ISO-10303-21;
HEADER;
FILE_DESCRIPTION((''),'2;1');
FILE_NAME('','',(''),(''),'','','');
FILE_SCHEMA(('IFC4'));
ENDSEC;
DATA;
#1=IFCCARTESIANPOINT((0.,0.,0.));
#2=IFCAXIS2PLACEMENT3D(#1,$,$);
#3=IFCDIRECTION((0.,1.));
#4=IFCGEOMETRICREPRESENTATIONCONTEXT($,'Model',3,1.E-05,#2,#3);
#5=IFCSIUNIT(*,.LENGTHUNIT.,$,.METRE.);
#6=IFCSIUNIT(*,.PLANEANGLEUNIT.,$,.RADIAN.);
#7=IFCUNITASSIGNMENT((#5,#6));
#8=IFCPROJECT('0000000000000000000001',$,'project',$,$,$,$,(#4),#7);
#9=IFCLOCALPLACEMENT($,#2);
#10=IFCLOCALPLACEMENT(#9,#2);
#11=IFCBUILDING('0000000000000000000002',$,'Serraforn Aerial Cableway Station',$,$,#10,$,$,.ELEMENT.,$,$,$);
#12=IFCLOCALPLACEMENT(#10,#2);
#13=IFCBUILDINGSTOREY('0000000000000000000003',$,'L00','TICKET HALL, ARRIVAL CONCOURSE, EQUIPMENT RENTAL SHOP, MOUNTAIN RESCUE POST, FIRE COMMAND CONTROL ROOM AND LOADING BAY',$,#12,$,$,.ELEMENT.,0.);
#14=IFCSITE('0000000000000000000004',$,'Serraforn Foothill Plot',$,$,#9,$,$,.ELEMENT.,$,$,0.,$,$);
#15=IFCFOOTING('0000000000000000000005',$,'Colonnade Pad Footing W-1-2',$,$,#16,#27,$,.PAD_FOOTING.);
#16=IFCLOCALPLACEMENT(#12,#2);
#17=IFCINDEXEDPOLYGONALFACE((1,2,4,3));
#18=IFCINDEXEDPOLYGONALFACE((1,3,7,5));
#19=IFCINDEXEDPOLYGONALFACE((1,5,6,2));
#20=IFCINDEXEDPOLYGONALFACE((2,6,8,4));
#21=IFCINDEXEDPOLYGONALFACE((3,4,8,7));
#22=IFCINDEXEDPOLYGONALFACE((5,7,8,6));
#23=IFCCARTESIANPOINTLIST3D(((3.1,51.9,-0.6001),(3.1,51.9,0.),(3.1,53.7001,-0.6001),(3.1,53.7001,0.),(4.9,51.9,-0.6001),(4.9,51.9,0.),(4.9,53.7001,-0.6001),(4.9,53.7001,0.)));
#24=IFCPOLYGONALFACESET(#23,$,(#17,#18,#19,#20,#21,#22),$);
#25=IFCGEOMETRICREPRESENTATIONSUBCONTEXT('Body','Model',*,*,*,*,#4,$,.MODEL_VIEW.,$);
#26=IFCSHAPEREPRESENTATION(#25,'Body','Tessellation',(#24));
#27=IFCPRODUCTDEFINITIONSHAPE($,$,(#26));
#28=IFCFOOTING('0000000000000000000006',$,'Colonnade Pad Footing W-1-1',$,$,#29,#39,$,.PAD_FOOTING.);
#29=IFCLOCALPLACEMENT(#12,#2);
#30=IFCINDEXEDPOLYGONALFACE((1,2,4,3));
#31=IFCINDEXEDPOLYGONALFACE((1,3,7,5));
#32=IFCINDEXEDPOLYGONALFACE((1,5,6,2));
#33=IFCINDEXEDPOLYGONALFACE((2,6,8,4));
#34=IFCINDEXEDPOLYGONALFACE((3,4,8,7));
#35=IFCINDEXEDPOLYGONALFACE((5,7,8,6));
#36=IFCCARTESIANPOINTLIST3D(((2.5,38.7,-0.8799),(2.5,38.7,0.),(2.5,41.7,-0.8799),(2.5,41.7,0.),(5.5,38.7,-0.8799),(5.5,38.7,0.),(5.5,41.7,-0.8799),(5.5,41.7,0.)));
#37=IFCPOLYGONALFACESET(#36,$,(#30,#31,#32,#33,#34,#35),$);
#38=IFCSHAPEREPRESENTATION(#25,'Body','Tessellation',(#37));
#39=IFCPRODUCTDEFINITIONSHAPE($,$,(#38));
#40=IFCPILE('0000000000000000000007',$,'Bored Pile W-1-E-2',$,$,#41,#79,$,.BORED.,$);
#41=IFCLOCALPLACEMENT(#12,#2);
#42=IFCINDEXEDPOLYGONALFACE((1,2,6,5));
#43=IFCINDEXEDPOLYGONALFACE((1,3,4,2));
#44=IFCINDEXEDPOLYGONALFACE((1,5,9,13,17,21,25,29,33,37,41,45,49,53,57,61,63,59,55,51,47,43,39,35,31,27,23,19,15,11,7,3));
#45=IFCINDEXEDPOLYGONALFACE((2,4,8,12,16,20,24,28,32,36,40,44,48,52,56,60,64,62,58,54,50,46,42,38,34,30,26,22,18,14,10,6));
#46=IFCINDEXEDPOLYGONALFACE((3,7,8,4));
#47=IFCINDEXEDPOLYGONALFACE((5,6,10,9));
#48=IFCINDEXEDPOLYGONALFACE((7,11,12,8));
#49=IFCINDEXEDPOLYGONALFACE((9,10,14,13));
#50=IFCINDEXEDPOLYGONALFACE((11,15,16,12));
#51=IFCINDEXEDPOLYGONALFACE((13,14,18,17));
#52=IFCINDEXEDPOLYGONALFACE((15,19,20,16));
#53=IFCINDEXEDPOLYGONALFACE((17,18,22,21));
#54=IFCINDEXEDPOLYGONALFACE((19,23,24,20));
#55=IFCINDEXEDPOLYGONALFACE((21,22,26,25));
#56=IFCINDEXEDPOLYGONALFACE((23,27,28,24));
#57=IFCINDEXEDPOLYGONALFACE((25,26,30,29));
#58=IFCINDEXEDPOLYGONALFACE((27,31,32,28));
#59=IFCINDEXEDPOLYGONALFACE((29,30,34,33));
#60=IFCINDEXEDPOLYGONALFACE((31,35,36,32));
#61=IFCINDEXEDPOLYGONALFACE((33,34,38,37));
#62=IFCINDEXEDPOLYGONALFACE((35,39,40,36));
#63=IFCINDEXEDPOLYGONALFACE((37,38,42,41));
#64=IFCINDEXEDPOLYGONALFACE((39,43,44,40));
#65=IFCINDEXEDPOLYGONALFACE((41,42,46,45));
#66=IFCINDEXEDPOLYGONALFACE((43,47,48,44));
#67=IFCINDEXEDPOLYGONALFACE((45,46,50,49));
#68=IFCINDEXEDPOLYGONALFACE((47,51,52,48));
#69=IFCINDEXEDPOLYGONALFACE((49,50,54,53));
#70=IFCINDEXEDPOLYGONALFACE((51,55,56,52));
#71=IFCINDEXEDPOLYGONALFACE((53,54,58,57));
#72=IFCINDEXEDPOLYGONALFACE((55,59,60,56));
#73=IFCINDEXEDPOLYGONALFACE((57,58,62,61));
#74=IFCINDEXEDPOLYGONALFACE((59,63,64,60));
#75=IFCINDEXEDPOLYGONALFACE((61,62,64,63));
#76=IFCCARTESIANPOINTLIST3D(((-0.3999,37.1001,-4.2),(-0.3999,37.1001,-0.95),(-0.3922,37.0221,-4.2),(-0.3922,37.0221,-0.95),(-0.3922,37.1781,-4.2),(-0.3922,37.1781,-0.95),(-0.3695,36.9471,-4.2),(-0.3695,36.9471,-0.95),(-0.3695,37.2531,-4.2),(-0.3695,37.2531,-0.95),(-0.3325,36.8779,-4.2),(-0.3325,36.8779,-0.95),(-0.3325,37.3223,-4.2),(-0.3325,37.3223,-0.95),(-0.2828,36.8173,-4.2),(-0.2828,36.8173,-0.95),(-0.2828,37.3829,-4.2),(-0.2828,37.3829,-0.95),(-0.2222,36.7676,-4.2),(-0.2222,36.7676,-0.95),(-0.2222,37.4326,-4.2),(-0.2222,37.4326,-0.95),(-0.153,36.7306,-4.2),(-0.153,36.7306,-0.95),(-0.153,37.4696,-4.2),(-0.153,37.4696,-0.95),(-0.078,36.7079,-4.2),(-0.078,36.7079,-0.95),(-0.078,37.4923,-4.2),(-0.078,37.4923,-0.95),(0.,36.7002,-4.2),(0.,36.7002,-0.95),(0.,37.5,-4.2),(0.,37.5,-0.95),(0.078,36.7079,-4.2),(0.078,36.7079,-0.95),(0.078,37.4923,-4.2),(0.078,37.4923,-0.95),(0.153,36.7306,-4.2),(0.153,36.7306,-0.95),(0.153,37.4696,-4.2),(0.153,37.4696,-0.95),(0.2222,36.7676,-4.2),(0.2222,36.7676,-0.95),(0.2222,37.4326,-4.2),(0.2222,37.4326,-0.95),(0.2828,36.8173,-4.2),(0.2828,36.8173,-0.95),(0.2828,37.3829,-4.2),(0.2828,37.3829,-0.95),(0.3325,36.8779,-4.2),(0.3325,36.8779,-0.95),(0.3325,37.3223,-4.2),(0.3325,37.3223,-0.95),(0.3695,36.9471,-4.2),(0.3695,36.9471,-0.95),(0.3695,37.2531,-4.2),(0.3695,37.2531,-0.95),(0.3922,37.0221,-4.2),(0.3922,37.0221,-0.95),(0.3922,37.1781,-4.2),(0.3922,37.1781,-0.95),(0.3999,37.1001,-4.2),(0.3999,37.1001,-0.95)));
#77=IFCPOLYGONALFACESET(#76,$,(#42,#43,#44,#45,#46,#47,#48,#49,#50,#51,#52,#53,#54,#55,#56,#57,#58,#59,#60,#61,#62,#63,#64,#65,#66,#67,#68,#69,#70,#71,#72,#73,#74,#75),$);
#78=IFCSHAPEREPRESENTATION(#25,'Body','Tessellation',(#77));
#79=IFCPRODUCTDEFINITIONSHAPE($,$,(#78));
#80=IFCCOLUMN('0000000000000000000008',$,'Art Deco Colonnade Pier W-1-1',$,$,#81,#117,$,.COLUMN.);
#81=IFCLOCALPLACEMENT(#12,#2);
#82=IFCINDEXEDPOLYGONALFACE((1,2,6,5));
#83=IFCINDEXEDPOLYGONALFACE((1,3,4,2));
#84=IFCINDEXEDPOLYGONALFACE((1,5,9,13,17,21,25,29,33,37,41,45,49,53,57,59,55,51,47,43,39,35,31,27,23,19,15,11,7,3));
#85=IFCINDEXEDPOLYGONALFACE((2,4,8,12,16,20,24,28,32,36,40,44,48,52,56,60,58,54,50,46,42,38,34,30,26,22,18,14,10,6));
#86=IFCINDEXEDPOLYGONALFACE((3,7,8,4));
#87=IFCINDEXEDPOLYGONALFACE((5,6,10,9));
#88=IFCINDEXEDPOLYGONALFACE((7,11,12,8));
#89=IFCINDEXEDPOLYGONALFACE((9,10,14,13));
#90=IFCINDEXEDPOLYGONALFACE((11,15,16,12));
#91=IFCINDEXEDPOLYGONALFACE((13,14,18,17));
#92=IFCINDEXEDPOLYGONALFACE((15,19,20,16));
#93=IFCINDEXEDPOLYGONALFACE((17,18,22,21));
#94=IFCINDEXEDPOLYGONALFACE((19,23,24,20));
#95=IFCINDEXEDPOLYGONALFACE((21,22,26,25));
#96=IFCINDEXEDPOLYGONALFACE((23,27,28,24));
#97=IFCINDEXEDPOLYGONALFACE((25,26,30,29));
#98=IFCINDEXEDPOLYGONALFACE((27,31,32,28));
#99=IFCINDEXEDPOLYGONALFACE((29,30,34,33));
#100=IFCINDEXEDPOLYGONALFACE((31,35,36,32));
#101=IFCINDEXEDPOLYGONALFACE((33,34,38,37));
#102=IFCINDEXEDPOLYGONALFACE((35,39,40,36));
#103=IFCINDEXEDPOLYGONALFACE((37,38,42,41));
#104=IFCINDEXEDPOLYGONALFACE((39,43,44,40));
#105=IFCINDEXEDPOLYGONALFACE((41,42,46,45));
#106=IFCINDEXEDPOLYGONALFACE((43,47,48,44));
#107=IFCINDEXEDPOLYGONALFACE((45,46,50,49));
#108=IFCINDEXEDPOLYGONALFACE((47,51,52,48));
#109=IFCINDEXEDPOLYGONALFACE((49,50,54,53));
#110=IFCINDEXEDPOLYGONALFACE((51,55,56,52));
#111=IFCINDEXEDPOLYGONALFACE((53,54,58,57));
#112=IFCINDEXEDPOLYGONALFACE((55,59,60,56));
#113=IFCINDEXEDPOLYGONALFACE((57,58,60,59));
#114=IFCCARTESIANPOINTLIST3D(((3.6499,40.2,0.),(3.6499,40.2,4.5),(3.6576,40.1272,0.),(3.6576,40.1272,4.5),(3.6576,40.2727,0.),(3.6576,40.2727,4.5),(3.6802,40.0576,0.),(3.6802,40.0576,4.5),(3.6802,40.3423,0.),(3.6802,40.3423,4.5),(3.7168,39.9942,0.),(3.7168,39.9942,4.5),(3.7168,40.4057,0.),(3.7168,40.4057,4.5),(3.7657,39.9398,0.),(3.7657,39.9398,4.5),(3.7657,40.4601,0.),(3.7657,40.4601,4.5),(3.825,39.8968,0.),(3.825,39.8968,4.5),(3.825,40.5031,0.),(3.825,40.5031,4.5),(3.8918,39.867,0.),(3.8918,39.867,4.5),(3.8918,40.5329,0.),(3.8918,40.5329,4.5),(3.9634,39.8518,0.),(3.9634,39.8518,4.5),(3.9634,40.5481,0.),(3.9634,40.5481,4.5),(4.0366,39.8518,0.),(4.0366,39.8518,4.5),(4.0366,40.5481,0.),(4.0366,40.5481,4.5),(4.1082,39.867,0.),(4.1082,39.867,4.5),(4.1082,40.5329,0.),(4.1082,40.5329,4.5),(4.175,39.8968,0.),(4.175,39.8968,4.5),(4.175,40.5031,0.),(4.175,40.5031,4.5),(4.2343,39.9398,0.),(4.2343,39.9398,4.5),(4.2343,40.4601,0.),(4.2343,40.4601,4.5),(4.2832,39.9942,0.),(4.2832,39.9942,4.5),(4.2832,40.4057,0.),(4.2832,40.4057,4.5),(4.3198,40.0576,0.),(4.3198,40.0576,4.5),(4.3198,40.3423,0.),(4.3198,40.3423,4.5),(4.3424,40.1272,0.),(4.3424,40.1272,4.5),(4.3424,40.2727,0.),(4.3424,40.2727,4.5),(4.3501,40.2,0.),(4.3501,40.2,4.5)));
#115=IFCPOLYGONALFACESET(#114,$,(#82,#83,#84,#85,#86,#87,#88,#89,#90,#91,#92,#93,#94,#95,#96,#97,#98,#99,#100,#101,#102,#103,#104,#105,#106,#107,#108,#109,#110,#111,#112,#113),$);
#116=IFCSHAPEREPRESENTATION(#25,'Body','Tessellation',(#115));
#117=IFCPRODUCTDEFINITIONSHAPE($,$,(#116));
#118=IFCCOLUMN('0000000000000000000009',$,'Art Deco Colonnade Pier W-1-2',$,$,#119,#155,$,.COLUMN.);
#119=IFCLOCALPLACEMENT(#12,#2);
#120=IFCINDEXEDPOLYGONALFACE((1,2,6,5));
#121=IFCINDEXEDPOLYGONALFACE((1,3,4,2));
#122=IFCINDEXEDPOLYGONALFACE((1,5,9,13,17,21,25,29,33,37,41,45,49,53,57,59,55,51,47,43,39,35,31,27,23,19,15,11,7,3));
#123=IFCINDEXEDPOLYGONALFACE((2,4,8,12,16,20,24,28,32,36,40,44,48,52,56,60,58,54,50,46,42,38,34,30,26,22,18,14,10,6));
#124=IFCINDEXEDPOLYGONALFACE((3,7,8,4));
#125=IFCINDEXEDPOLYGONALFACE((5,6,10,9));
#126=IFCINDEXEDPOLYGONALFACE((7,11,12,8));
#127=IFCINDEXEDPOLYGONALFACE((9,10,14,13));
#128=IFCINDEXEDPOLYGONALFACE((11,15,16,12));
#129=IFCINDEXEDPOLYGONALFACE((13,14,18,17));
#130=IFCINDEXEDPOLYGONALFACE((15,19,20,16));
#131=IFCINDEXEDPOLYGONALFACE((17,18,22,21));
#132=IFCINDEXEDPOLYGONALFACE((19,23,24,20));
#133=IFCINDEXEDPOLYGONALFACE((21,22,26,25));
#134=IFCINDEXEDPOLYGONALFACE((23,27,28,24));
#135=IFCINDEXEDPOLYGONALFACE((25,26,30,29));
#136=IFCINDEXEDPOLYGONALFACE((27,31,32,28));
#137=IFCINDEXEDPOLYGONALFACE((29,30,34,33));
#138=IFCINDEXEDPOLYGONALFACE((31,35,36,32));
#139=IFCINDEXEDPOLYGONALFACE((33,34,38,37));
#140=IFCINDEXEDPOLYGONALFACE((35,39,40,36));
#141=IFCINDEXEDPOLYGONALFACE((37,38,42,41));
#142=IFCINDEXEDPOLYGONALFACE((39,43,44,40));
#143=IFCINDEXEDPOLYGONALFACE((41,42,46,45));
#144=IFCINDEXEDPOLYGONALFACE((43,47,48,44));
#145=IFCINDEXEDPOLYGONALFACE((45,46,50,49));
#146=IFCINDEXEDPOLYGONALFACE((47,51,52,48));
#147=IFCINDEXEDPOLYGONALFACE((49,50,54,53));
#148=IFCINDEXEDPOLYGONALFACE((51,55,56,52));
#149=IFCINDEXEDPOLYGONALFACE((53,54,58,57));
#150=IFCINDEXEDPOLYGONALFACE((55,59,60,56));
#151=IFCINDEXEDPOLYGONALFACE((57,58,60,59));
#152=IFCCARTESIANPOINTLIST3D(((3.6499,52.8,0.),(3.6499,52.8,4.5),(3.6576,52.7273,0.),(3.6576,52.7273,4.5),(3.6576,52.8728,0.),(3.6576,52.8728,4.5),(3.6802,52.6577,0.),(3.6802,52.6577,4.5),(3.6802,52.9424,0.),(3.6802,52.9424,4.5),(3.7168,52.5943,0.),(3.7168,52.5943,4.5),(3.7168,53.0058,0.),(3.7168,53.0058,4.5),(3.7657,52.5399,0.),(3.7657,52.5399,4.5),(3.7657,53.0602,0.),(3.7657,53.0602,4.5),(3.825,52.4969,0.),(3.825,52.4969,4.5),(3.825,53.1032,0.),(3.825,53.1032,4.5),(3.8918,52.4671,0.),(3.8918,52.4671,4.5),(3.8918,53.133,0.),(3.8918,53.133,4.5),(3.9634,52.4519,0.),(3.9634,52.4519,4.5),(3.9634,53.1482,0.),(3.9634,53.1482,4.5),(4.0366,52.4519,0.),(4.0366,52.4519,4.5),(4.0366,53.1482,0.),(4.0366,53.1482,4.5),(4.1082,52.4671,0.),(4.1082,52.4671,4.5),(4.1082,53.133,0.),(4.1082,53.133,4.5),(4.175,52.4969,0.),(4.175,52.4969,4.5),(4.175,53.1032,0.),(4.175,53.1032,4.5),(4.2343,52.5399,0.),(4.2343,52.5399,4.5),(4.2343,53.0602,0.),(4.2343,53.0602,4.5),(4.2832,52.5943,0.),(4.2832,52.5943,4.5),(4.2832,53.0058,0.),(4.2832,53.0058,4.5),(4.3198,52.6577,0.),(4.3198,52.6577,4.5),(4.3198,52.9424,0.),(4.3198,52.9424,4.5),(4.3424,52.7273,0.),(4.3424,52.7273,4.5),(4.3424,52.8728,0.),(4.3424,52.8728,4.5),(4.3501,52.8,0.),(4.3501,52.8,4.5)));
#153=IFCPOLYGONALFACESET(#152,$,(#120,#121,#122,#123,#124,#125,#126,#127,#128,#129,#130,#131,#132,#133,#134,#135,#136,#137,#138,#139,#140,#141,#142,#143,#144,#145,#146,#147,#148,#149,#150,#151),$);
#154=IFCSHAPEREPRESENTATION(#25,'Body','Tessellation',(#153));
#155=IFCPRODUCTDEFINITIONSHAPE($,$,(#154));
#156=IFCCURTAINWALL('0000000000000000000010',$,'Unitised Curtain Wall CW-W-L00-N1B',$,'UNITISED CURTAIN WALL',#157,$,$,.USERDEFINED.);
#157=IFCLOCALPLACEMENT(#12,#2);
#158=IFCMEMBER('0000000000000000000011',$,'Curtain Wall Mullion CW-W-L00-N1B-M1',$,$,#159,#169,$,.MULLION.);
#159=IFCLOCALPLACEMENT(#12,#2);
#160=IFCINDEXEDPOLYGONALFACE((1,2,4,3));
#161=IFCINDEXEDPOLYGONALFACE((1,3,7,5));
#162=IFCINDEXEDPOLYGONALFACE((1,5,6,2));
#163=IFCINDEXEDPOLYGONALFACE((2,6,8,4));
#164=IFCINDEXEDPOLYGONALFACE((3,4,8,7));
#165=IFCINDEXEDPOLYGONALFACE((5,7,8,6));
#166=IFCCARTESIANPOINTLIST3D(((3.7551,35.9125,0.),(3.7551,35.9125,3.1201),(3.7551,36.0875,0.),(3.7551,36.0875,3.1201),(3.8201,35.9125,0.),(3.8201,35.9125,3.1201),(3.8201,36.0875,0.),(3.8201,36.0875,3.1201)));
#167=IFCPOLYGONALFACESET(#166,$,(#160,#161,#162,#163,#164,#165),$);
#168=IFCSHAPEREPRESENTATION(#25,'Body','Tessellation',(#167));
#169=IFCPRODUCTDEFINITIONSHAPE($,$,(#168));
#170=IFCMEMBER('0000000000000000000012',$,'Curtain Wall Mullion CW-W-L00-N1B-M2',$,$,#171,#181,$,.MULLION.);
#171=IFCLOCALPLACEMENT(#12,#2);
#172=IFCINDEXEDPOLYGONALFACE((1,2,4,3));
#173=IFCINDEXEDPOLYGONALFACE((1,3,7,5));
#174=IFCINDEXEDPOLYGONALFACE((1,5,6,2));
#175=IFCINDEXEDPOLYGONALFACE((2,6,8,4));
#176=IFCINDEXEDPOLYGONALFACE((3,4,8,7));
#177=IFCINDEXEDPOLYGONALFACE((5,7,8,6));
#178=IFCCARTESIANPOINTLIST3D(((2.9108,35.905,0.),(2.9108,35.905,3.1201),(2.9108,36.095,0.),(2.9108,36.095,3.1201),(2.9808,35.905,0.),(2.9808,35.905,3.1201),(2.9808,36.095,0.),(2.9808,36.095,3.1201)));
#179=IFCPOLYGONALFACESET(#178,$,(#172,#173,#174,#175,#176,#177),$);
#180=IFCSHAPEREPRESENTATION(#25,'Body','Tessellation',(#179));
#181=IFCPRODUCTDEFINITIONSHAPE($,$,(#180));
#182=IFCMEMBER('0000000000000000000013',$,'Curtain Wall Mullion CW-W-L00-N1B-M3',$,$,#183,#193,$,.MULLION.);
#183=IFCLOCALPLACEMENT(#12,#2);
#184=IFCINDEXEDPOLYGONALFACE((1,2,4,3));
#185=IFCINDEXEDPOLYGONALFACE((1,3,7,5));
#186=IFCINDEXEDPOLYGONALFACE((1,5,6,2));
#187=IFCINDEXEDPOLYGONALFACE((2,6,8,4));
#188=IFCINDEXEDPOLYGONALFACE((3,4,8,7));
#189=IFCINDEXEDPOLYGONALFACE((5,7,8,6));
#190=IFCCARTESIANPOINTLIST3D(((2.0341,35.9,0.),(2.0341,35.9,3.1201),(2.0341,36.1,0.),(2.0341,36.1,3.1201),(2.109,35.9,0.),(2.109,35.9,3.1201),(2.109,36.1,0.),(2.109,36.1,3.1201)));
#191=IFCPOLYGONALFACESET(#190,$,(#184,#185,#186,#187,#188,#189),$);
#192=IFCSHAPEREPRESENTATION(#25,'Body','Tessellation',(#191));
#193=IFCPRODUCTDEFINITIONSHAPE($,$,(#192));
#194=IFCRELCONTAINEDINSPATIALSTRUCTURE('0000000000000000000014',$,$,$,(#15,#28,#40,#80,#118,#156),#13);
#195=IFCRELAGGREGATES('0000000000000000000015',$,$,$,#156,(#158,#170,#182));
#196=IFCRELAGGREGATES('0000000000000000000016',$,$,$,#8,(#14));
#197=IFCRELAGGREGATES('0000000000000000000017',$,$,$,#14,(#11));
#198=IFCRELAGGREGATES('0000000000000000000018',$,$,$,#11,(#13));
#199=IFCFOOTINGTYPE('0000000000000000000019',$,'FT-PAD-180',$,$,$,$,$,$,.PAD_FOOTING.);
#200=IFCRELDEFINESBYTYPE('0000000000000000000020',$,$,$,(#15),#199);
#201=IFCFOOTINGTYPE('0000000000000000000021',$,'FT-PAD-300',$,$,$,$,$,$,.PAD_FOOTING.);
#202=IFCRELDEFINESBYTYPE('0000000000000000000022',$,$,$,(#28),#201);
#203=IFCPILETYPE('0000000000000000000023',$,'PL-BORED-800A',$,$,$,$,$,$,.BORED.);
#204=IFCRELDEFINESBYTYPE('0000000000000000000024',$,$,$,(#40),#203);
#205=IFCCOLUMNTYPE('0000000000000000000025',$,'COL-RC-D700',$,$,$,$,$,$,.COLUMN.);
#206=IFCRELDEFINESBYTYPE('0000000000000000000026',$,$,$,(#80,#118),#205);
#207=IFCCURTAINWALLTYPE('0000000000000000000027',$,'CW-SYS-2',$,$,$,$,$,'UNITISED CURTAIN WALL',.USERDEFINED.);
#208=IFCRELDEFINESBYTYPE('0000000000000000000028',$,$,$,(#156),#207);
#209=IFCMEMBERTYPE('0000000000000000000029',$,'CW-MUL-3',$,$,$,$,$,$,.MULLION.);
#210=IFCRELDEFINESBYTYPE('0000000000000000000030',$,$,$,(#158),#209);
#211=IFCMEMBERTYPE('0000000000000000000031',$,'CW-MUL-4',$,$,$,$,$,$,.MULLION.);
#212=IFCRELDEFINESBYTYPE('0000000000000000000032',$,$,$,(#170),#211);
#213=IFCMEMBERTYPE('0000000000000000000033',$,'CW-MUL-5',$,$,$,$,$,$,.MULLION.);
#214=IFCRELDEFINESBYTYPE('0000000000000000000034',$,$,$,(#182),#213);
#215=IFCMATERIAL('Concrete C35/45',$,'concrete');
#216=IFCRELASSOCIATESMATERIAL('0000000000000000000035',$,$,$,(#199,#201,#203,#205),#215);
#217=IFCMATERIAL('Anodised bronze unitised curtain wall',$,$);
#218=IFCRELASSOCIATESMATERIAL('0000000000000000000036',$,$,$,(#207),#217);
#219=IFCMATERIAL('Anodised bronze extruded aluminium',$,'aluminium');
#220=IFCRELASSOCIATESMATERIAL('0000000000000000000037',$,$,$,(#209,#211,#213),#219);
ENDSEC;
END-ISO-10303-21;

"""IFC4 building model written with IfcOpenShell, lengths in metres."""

from ifc_helpers import new_model, si_unit, direction, frame, origin, origin_2d, place, context, subcontext, project, spatial, rectangle, circle, extrude, material, material_profile, profile_set, type_object, element, aggregate, save


model = new_model("IFC4")

# Units and contexts
model_context = context("Model", 3, precision=1e-05, world=origin(), true_north=direction((0.0, 1.0)))
body_context = subcontext(model_context, "Body", "Model", "MODEL_VIEW")
ifc_project = project(units=[si_unit("LENGTHUNIT", "METRE"), si_unit("PLANEANGLEUNIT", "RADIAN")], contexts=[model_context])

# Site, building, storey
site_placement = place(None, origin())
site = spatial("IfcSite", under=ifc_project, at=site_placement, Name="Serraforn Foothill Plot", CompositionType="ELEMENT", RefElevation=0.0)
building_placement = place(site_placement, origin())
building = spatial("IfcBuilding", under=site, at=building_placement, Name="Serraforn Aerial Cableway Station", CompositionType="ELEMENT")
storey_placement = place(building_placement, origin())
storey = spatial("IfcBuildingStorey", under=building, at=storey_placement, Name="L00", Description="TICKET HALL, ARRIVAL CONCOURSE, EQUIPMENT RENTAL SHOP, MOUNTAIN RESCUE POST, FIRE COMMAND CONTROL ROOM AND LOADING BAY", CompositionType="ELEMENT", Elevation=0.0)

# Footings
ifc_material_1 = material(Name="Concrete C35/45", Category="concrete")
footing_type_1 = type_object("IfcFootingType", Name="FT-PAD-180", PredefinedType="PAD_FOOTING", material=ifc_material_1)
footing_1_placement = place(storey_placement, frame((4.0, 52.8, -0.6001), z_axis=(0.0, 0.0, 1.0), x_axis=(1.0, 0.0, 0.0)))
element("IfcFooting", 1, at=footing_1_placement, inside=storey, type_object=footing_type_1, Name="Colonnade Pad Footing W-1-2", PredefinedType="PAD_FOOTING", context=body_context, shape_type="SweptSolid", body=[
    extrude(rectangle(XDim=1.8, YDim=1.8, at=origin_2d()), origin(), (0.0, 0.0, 1.0), 0.6001),
])
footing_type_2 = type_object("IfcFootingType", Name="FT-PAD-300", PredefinedType="PAD_FOOTING", material=ifc_material_1)
footing_2_placement = place(storey_placement, frame((4.0, 40.2, -0.8799), z_axis=(0.0, 0.0, 1.0), x_axis=(1.0, 0.0, 0.0)))
element("IfcFooting", 2, at=footing_2_placement, inside=storey, type_object=footing_type_2, Name="Colonnade Pad Footing W-1-1", PredefinedType="PAD_FOOTING", context=body_context, shape_type="SweptSolid", body=[
    extrude(rectangle(XDim=3.0, YDim=3.0, at=origin_2d()), origin(), (0.0, 0.0, 1.0), 0.8799),
])

# Pile
ifc_material_profile_1 = material_profile(ifc_material_1, circle(Radius=0.3999, at=origin_2d()), Name="BORED PILE D800")
ifc_profile_set_1 = profile_set([ifc_material_profile_1], Name="Concrete C35/45")
pile_type = type_object("IfcPileType", Name="PL-BORED-800A", PredefinedType="BORED", material=ifc_profile_set_1)
pile_placement = place(storey_placement, frame((0.0, 37.1001, -0.95), z_axis=(0.0, 0.0, -1.0), x_axis=(1.0, 0.0, 0.0)))
element("IfcPile", 3, at=pile_placement, inside=storey, type_object=pile_type, Name="Bored Pile W-1-E-2", PredefinedType="BORED", context=body_context, shape_type="SweptSolid", body=[
    extrude(circle(Radius=0.3999, at=origin_2d()), origin(), (0.0, 0.0, 1.0), 3.25),
])

# Columns
ifc_material_profile_2 = material_profile(ifc_material_1, circle(Radius=0.3501, at=origin_2d()), Name="RC D700")
ifc_profile_set_2 = profile_set([ifc_material_profile_2], Name="Concrete C35/45")
column_type = type_object("IfcColumnType", Name="COL-RC-D700", PredefinedType="COLUMN", material=ifc_profile_set_2)
for number, where, z_axis, x_axis, name in (
    (4, (4.0, 40.2, 0.0), (0.0, 0.0, 1.0), (1.0, 0.0, 0.0), "Art Deco Colonnade Pier W-1-1"),
    (5, (4.0, 52.8, 0.0), (0.0, 0.0, 1.0), (1.0, 0.0, 0.0), "Art Deco Colonnade Pier W-1-2"),
):
    element("IfcColumn", number, at=place(storey_placement, frame(where, z_axis=z_axis, x_axis=x_axis)), inside=storey, type_object=column_type, Name=name, PredefinedType="COLUMN", context=body_context, shape_type="SweptSolid", body=[
        extrude(circle(Radius=0.3501, at=origin_2d()), origin(), (0.0, 0.0, 1.0), 4.5),
    ])

# Curtain wall, members
ifc_material_2 = material(Name="Anodised bronze unitised curtain wall")
curtain_wall_type = type_object("IfcCurtainWallType", Name="CW-SYS-2", ElementType="UNITISED CURTAIN WALL", PredefinedType="USERDEFINED", material=ifc_material_2)
curtain_wall_placement = place(storey_placement, origin())
curtain_wall = element("IfcCurtainWall", 6, at=curtain_wall_placement, inside=storey, type_object=curtain_wall_type, Name="Unitised Curtain Wall CW-W-L00-N1B", ObjectType="UNITISED CURTAIN WALL", PredefinedType="USERDEFINED")
ifc_material_3 = material(Name="Anodised bronze extruded aluminium", Category="aluminium")
ifc_material_profile_3 = material_profile(ifc_material_3, rectangle(XDim=0.0649, YDim=0.175, at=origin_2d()), Name="CW MULLION 65x175")
ifc_profile_set_3 = profile_set([ifc_material_profile_3], Name="Anodised bronze extruded aluminium")
member_type_1 = type_object("IfcMemberType", Name="CW-MUL-3", PredefinedType="MULLION", material=ifc_profile_set_3)
member_1_placement = place(storey_placement, frame((3.7876, 36.0, 0.0), z_axis=(0.0, 0.0, 1.0), x_axis=(-1.0, 0.0, 0.0)))
member_1 = element("IfcMember", 7, at=member_1_placement, type_object=member_type_1, Name="Curtain Wall Mullion CW-W-L00-N1B-M1", PredefinedType="MULLION", context=body_context, shape_type="SweptSolid", body=[
    extrude(rectangle(XDim=0.0649, YDim=0.175, at=origin_2d()), origin(), (0.0, 0.0, 1.0), 3.1201),
])
ifc_material_profile_4 = material_profile(ifc_material_3, rectangle(XDim=0.0701, YDim=0.1899, at=origin_2d()), Name="CW MULLION 70x190")
ifc_profile_set_4 = profile_set([ifc_material_profile_4], Name="Anodised bronze extruded aluminium")
member_type_2 = type_object("IfcMemberType", Name="CW-MUL-4", PredefinedType="MULLION", material=ifc_profile_set_4)
member_2_placement = place(storey_placement, frame((2.9458, 36.0, 0.0), z_axis=(0.0, 0.0, 1.0), x_axis=(-1.0, 0.0, 0.0)))
member_2 = element("IfcMember", 8, at=member_2_placement, type_object=member_type_2, Name="Curtain Wall Mullion CW-W-L00-N1B-M2", PredefinedType="MULLION", context=body_context, shape_type="SweptSolid", body=[
    extrude(rectangle(XDim=0.0701, YDim=0.1899, at=origin_2d()), origin(), (0.0, 0.0, 1.0), 3.1201),
])
ifc_material_profile_5 = material_profile(ifc_material_3, rectangle(XDim=0.075, YDim=0.2, at=origin_2d()), Name="CW MULLION 75x200")
ifc_profile_set_5 = profile_set([ifc_material_profile_5], Name="Anodised bronze extruded aluminium")
member_type_3 = type_object("IfcMemberType", Name="CW-MUL-5", PredefinedType="MULLION", material=ifc_profile_set_5)
member_3_placement = place(storey_placement, frame((2.0715, 36.0, 0.0), z_axis=(0.0, 0.0, 1.0), x_axis=(-1.0, 0.0, 0.0)))
member_3 = element("IfcMember", 9, at=member_3_placement, type_object=member_type_3, Name="Curtain Wall Mullion CW-W-L00-N1B-M3", PredefinedType="MULLION", context=body_context, shape_type="SweptSolid", body=[
    extrude(rectangle(XDim=0.075, YDim=0.2, at=origin_2d()), origin(), (0.0, 0.0, 1.0), 3.1201),
])
aggregate(curtain_wall, [member_1, member_2, member_3])

save(model, "model.ifc")
